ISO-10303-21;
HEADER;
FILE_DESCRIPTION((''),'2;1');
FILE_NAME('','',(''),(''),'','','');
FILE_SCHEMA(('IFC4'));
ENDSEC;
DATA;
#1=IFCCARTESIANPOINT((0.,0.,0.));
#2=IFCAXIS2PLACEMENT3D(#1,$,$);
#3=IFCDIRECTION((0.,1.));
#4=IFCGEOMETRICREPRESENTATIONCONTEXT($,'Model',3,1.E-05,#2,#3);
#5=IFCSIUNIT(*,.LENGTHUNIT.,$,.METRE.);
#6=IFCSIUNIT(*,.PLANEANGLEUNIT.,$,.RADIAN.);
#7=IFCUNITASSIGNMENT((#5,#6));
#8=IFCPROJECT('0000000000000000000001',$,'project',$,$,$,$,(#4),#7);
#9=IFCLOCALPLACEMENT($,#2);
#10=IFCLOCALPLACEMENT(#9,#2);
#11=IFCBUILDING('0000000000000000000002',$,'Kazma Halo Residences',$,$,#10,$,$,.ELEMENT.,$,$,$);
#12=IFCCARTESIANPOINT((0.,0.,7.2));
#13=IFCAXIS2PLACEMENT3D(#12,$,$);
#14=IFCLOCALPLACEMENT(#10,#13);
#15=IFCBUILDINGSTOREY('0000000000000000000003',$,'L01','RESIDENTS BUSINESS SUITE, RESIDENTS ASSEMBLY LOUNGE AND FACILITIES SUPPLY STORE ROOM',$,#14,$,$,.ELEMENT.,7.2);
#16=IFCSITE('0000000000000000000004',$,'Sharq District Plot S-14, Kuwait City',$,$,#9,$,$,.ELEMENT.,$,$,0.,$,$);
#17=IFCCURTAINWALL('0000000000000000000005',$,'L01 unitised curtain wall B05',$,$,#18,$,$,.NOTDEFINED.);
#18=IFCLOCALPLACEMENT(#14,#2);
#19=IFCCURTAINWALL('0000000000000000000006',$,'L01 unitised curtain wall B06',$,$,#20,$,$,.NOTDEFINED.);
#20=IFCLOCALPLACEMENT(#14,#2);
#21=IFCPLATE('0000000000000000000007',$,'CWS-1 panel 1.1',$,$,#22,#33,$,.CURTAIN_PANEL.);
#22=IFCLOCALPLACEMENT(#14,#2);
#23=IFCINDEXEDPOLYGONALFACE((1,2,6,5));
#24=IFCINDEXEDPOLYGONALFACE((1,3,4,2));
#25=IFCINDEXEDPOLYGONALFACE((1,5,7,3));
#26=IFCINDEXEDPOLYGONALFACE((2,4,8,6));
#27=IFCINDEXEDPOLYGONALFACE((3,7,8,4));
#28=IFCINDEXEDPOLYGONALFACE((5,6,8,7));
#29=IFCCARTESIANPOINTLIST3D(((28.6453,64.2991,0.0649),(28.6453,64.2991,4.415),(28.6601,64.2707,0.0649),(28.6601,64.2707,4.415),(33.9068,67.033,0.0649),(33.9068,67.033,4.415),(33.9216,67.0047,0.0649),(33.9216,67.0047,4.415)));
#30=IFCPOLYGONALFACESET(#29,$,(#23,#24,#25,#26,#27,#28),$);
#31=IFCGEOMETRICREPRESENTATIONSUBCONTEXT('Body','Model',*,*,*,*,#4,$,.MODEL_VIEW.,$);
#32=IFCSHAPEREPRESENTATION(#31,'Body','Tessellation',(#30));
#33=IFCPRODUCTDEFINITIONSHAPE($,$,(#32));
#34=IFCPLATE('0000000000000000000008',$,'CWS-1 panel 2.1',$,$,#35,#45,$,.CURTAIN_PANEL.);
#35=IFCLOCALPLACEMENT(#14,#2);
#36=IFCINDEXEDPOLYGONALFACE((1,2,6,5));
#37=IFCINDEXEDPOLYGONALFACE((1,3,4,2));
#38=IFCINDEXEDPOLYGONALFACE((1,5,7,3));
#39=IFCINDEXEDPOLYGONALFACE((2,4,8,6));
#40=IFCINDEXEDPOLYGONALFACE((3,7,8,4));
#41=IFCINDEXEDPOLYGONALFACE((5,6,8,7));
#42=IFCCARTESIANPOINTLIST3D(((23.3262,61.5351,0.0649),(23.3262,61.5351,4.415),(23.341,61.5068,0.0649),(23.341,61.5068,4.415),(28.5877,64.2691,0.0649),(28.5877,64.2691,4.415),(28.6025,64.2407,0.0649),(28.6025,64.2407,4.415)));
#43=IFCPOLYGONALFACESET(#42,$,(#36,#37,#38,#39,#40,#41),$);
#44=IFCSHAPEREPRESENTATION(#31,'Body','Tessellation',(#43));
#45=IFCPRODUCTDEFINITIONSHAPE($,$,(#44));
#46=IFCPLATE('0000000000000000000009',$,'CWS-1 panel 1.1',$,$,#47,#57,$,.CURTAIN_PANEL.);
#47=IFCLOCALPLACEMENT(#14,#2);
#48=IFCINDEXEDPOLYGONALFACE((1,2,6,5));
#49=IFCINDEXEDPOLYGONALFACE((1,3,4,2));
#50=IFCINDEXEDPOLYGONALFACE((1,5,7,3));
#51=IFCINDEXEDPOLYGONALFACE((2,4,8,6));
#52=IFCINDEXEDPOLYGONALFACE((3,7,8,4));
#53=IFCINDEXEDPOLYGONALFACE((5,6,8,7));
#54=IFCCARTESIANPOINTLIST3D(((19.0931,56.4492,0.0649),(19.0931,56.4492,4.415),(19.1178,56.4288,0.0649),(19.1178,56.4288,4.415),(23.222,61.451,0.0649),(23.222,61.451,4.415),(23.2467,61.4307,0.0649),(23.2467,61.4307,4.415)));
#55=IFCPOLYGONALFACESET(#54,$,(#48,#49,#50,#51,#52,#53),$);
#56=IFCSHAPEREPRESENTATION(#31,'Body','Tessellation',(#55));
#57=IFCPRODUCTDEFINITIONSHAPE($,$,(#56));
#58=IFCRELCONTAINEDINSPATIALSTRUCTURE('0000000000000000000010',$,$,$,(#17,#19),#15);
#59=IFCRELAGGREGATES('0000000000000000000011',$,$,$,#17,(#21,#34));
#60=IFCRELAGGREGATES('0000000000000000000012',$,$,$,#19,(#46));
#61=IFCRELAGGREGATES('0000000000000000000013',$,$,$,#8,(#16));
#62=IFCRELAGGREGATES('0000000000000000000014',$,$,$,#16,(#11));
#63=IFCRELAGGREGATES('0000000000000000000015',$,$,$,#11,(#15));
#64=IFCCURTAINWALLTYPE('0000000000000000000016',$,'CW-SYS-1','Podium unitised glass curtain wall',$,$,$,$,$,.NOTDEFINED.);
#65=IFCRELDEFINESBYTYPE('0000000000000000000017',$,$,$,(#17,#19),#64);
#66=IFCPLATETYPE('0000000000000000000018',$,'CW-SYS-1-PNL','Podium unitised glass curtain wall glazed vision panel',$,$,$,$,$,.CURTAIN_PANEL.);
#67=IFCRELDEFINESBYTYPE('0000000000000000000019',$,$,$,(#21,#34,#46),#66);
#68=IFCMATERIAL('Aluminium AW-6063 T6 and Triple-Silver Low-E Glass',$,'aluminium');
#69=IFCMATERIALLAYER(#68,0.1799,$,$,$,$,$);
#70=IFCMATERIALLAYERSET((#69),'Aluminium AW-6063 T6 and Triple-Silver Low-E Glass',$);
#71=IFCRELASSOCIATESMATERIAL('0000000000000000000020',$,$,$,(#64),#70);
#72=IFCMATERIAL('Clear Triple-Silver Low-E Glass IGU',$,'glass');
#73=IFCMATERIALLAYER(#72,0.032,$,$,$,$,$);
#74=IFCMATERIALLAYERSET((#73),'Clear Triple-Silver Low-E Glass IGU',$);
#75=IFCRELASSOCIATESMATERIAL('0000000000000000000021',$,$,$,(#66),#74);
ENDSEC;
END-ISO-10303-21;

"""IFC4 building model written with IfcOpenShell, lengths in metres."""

from ifc_helpers import new_model, si_unit, direction, frame, origin, origin_2d, place, context, subcontext, project, spatial, rectangle, extrude, material, layer, layer_set, type_object, element, aggregate, save


model = new_model("IFC4")

# Units and contexts
model_context = context("Model", 3, precision=1e-05, world=origin(), true_north=direction((0.0, 1.0)))
body_context = subcontext(model_context, "Body", "Model", "MODEL_VIEW")
ifc_project = project(units=[si_unit("LENGTHUNIT", "METRE"), si_unit("PLANEANGLEUNIT", "RADIAN")], contexts=[model_context])

# Site, building, storey
site_placement = place(None, origin())
site = spatial("IfcSite", under=ifc_project, at=site_placement, Name="Sharq District Plot S-14, Kuwait City", CompositionType="ELEMENT", RefElevation=0.0)
building_placement = place(site_placement, origin())
building = spatial("IfcBuilding", under=site, at=building_placement, Name="Kazma Halo Residences", CompositionType="ELEMENT")
storey_placement = place(building_placement, frame((0.0, 0.0, 7.2)))
storey = spatial("IfcBuildingStorey", under=building, at=storey_placement, Name="L01", Description="RESIDENTS BUSINESS SUITE, RESIDENTS ASSEMBLY LOUNGE AND FACILITIES SUPPLY STORE ROOM", CompositionType="ELEMENT", Elevation=7.2)

# Shared definitions
ifc_material_1 = material(Name="Aluminium AW-6063 T6 and Triple-Silver Low-E Glass", Category="aluminium")
ifc_layer_1 = layer(ifc_material_1, 0.1799)
ifc_layer_set_1 = layer_set([ifc_layer_1], Name="Aluminium AW-6063 T6 and Triple-Silver Low-E Glass")
curtain_wall_type = type_object("IfcCurtainWallType", Name="CW-SYS-1", Description="Podium unitised glass curtain wall", PredefinedType="NOTDEFINED", material=ifc_layer_set_1)

# Curtain walls
curtain_wall_1_placement = place(storey_placement, origin())
curtain_wall_1 = element("IfcCurtainWall", 1, at=curtain_wall_1_placement, inside=storey, type_object=curtain_wall_type, Name="L01 unitised curtain wall B05", PredefinedType="NOTDEFINED")
curtain_wall_2_placement = place(storey_placement, origin())
curtain_wall_2 = element("IfcCurtainWall", 2, at=curtain_wall_2_placement, inside=storey, type_object=curtain_wall_type, Name="L01 unitised curtain wall B06", PredefinedType="NOTDEFINED")

# Plates
ifc_material_2 = material(Name="Clear Triple-Silver Low-E Glass IGU", Category="glass")
ifc_layer_2 = layer(ifc_material_2, 0.032)
ifc_layer_set_2 = layer_set([ifc_layer_2], Name="Clear Triple-Silver Low-E Glass IGU")
plate_type = type_object("IfcPlateType", Name="CW-SYS-1-PNL", Description="Podium unitised glass curtain wall glazed vision panel", PredefinedType="CURTAIN_PANEL", material=ifc_layer_set_2)
plate_1_placement = place(storey_placement, frame((31.2834, 65.6519, 0.0649), z_axis=(0.0, 0.0, 1.0), x_axis=(-0.887355, -0.461087, 0.0)))
plate_1 = element("IfcPlate", 3, at=plate_1_placement, type_object=plate_type, Name="CWS-1 panel 1.1", PredefinedType="CURTAIN_PANEL", context=body_context, shape_type="SweptSolid", body=[
    extrude(rectangle(XDim=5.9294, YDim=0.032, at=origin_2d()), origin(), (0.0, 0.0, 1.0), 4.3501),
])
plate_2_placement = place(storey_placement, frame((25.9644, 62.8879, 0.0649), z_axis=(0.0, 0.0, 1.0), x_axis=(-0.887355, -0.461087, 0.0)))
plate_2 = element("IfcPlate", 4, at=plate_2_placement, type_object=plate_type, Name="CWS-1 panel 2.1", PredefinedType="CURTAIN_PANEL", context=body_context, shape_type="SweptSolid", body=[
    extrude(rectangle(XDim=5.9294, YDim=0.032, at=origin_2d()), origin(), (0.0, 0.0, 1.0), 4.3501),
])
aggregate(curtain_wall_1, [plate_1, plate_2])
plate_3_placement = place(storey_placement, frame((21.1699, 58.9399, 0.0649), z_axis=(0.0, 0.0, 1.0), x_axis=(-0.636603, -0.771192, 0.0)))
plate_3 = element("IfcPlate", 5, at=plate_3_placement, type_object=plate_type, Name="CWS-1 panel 1.1", PredefinedType="CURTAIN_PANEL", context=body_context, shape_type="SweptSolid", body=[
    extrude(rectangle(XDim=6.4858, YDim=0.032, at=origin_2d()), origin(), (0.0, 0.0, 1.0), 4.3501),
])
aggregate(curtain_wall_2, [plate_3])

save(model, "model.ifc")
